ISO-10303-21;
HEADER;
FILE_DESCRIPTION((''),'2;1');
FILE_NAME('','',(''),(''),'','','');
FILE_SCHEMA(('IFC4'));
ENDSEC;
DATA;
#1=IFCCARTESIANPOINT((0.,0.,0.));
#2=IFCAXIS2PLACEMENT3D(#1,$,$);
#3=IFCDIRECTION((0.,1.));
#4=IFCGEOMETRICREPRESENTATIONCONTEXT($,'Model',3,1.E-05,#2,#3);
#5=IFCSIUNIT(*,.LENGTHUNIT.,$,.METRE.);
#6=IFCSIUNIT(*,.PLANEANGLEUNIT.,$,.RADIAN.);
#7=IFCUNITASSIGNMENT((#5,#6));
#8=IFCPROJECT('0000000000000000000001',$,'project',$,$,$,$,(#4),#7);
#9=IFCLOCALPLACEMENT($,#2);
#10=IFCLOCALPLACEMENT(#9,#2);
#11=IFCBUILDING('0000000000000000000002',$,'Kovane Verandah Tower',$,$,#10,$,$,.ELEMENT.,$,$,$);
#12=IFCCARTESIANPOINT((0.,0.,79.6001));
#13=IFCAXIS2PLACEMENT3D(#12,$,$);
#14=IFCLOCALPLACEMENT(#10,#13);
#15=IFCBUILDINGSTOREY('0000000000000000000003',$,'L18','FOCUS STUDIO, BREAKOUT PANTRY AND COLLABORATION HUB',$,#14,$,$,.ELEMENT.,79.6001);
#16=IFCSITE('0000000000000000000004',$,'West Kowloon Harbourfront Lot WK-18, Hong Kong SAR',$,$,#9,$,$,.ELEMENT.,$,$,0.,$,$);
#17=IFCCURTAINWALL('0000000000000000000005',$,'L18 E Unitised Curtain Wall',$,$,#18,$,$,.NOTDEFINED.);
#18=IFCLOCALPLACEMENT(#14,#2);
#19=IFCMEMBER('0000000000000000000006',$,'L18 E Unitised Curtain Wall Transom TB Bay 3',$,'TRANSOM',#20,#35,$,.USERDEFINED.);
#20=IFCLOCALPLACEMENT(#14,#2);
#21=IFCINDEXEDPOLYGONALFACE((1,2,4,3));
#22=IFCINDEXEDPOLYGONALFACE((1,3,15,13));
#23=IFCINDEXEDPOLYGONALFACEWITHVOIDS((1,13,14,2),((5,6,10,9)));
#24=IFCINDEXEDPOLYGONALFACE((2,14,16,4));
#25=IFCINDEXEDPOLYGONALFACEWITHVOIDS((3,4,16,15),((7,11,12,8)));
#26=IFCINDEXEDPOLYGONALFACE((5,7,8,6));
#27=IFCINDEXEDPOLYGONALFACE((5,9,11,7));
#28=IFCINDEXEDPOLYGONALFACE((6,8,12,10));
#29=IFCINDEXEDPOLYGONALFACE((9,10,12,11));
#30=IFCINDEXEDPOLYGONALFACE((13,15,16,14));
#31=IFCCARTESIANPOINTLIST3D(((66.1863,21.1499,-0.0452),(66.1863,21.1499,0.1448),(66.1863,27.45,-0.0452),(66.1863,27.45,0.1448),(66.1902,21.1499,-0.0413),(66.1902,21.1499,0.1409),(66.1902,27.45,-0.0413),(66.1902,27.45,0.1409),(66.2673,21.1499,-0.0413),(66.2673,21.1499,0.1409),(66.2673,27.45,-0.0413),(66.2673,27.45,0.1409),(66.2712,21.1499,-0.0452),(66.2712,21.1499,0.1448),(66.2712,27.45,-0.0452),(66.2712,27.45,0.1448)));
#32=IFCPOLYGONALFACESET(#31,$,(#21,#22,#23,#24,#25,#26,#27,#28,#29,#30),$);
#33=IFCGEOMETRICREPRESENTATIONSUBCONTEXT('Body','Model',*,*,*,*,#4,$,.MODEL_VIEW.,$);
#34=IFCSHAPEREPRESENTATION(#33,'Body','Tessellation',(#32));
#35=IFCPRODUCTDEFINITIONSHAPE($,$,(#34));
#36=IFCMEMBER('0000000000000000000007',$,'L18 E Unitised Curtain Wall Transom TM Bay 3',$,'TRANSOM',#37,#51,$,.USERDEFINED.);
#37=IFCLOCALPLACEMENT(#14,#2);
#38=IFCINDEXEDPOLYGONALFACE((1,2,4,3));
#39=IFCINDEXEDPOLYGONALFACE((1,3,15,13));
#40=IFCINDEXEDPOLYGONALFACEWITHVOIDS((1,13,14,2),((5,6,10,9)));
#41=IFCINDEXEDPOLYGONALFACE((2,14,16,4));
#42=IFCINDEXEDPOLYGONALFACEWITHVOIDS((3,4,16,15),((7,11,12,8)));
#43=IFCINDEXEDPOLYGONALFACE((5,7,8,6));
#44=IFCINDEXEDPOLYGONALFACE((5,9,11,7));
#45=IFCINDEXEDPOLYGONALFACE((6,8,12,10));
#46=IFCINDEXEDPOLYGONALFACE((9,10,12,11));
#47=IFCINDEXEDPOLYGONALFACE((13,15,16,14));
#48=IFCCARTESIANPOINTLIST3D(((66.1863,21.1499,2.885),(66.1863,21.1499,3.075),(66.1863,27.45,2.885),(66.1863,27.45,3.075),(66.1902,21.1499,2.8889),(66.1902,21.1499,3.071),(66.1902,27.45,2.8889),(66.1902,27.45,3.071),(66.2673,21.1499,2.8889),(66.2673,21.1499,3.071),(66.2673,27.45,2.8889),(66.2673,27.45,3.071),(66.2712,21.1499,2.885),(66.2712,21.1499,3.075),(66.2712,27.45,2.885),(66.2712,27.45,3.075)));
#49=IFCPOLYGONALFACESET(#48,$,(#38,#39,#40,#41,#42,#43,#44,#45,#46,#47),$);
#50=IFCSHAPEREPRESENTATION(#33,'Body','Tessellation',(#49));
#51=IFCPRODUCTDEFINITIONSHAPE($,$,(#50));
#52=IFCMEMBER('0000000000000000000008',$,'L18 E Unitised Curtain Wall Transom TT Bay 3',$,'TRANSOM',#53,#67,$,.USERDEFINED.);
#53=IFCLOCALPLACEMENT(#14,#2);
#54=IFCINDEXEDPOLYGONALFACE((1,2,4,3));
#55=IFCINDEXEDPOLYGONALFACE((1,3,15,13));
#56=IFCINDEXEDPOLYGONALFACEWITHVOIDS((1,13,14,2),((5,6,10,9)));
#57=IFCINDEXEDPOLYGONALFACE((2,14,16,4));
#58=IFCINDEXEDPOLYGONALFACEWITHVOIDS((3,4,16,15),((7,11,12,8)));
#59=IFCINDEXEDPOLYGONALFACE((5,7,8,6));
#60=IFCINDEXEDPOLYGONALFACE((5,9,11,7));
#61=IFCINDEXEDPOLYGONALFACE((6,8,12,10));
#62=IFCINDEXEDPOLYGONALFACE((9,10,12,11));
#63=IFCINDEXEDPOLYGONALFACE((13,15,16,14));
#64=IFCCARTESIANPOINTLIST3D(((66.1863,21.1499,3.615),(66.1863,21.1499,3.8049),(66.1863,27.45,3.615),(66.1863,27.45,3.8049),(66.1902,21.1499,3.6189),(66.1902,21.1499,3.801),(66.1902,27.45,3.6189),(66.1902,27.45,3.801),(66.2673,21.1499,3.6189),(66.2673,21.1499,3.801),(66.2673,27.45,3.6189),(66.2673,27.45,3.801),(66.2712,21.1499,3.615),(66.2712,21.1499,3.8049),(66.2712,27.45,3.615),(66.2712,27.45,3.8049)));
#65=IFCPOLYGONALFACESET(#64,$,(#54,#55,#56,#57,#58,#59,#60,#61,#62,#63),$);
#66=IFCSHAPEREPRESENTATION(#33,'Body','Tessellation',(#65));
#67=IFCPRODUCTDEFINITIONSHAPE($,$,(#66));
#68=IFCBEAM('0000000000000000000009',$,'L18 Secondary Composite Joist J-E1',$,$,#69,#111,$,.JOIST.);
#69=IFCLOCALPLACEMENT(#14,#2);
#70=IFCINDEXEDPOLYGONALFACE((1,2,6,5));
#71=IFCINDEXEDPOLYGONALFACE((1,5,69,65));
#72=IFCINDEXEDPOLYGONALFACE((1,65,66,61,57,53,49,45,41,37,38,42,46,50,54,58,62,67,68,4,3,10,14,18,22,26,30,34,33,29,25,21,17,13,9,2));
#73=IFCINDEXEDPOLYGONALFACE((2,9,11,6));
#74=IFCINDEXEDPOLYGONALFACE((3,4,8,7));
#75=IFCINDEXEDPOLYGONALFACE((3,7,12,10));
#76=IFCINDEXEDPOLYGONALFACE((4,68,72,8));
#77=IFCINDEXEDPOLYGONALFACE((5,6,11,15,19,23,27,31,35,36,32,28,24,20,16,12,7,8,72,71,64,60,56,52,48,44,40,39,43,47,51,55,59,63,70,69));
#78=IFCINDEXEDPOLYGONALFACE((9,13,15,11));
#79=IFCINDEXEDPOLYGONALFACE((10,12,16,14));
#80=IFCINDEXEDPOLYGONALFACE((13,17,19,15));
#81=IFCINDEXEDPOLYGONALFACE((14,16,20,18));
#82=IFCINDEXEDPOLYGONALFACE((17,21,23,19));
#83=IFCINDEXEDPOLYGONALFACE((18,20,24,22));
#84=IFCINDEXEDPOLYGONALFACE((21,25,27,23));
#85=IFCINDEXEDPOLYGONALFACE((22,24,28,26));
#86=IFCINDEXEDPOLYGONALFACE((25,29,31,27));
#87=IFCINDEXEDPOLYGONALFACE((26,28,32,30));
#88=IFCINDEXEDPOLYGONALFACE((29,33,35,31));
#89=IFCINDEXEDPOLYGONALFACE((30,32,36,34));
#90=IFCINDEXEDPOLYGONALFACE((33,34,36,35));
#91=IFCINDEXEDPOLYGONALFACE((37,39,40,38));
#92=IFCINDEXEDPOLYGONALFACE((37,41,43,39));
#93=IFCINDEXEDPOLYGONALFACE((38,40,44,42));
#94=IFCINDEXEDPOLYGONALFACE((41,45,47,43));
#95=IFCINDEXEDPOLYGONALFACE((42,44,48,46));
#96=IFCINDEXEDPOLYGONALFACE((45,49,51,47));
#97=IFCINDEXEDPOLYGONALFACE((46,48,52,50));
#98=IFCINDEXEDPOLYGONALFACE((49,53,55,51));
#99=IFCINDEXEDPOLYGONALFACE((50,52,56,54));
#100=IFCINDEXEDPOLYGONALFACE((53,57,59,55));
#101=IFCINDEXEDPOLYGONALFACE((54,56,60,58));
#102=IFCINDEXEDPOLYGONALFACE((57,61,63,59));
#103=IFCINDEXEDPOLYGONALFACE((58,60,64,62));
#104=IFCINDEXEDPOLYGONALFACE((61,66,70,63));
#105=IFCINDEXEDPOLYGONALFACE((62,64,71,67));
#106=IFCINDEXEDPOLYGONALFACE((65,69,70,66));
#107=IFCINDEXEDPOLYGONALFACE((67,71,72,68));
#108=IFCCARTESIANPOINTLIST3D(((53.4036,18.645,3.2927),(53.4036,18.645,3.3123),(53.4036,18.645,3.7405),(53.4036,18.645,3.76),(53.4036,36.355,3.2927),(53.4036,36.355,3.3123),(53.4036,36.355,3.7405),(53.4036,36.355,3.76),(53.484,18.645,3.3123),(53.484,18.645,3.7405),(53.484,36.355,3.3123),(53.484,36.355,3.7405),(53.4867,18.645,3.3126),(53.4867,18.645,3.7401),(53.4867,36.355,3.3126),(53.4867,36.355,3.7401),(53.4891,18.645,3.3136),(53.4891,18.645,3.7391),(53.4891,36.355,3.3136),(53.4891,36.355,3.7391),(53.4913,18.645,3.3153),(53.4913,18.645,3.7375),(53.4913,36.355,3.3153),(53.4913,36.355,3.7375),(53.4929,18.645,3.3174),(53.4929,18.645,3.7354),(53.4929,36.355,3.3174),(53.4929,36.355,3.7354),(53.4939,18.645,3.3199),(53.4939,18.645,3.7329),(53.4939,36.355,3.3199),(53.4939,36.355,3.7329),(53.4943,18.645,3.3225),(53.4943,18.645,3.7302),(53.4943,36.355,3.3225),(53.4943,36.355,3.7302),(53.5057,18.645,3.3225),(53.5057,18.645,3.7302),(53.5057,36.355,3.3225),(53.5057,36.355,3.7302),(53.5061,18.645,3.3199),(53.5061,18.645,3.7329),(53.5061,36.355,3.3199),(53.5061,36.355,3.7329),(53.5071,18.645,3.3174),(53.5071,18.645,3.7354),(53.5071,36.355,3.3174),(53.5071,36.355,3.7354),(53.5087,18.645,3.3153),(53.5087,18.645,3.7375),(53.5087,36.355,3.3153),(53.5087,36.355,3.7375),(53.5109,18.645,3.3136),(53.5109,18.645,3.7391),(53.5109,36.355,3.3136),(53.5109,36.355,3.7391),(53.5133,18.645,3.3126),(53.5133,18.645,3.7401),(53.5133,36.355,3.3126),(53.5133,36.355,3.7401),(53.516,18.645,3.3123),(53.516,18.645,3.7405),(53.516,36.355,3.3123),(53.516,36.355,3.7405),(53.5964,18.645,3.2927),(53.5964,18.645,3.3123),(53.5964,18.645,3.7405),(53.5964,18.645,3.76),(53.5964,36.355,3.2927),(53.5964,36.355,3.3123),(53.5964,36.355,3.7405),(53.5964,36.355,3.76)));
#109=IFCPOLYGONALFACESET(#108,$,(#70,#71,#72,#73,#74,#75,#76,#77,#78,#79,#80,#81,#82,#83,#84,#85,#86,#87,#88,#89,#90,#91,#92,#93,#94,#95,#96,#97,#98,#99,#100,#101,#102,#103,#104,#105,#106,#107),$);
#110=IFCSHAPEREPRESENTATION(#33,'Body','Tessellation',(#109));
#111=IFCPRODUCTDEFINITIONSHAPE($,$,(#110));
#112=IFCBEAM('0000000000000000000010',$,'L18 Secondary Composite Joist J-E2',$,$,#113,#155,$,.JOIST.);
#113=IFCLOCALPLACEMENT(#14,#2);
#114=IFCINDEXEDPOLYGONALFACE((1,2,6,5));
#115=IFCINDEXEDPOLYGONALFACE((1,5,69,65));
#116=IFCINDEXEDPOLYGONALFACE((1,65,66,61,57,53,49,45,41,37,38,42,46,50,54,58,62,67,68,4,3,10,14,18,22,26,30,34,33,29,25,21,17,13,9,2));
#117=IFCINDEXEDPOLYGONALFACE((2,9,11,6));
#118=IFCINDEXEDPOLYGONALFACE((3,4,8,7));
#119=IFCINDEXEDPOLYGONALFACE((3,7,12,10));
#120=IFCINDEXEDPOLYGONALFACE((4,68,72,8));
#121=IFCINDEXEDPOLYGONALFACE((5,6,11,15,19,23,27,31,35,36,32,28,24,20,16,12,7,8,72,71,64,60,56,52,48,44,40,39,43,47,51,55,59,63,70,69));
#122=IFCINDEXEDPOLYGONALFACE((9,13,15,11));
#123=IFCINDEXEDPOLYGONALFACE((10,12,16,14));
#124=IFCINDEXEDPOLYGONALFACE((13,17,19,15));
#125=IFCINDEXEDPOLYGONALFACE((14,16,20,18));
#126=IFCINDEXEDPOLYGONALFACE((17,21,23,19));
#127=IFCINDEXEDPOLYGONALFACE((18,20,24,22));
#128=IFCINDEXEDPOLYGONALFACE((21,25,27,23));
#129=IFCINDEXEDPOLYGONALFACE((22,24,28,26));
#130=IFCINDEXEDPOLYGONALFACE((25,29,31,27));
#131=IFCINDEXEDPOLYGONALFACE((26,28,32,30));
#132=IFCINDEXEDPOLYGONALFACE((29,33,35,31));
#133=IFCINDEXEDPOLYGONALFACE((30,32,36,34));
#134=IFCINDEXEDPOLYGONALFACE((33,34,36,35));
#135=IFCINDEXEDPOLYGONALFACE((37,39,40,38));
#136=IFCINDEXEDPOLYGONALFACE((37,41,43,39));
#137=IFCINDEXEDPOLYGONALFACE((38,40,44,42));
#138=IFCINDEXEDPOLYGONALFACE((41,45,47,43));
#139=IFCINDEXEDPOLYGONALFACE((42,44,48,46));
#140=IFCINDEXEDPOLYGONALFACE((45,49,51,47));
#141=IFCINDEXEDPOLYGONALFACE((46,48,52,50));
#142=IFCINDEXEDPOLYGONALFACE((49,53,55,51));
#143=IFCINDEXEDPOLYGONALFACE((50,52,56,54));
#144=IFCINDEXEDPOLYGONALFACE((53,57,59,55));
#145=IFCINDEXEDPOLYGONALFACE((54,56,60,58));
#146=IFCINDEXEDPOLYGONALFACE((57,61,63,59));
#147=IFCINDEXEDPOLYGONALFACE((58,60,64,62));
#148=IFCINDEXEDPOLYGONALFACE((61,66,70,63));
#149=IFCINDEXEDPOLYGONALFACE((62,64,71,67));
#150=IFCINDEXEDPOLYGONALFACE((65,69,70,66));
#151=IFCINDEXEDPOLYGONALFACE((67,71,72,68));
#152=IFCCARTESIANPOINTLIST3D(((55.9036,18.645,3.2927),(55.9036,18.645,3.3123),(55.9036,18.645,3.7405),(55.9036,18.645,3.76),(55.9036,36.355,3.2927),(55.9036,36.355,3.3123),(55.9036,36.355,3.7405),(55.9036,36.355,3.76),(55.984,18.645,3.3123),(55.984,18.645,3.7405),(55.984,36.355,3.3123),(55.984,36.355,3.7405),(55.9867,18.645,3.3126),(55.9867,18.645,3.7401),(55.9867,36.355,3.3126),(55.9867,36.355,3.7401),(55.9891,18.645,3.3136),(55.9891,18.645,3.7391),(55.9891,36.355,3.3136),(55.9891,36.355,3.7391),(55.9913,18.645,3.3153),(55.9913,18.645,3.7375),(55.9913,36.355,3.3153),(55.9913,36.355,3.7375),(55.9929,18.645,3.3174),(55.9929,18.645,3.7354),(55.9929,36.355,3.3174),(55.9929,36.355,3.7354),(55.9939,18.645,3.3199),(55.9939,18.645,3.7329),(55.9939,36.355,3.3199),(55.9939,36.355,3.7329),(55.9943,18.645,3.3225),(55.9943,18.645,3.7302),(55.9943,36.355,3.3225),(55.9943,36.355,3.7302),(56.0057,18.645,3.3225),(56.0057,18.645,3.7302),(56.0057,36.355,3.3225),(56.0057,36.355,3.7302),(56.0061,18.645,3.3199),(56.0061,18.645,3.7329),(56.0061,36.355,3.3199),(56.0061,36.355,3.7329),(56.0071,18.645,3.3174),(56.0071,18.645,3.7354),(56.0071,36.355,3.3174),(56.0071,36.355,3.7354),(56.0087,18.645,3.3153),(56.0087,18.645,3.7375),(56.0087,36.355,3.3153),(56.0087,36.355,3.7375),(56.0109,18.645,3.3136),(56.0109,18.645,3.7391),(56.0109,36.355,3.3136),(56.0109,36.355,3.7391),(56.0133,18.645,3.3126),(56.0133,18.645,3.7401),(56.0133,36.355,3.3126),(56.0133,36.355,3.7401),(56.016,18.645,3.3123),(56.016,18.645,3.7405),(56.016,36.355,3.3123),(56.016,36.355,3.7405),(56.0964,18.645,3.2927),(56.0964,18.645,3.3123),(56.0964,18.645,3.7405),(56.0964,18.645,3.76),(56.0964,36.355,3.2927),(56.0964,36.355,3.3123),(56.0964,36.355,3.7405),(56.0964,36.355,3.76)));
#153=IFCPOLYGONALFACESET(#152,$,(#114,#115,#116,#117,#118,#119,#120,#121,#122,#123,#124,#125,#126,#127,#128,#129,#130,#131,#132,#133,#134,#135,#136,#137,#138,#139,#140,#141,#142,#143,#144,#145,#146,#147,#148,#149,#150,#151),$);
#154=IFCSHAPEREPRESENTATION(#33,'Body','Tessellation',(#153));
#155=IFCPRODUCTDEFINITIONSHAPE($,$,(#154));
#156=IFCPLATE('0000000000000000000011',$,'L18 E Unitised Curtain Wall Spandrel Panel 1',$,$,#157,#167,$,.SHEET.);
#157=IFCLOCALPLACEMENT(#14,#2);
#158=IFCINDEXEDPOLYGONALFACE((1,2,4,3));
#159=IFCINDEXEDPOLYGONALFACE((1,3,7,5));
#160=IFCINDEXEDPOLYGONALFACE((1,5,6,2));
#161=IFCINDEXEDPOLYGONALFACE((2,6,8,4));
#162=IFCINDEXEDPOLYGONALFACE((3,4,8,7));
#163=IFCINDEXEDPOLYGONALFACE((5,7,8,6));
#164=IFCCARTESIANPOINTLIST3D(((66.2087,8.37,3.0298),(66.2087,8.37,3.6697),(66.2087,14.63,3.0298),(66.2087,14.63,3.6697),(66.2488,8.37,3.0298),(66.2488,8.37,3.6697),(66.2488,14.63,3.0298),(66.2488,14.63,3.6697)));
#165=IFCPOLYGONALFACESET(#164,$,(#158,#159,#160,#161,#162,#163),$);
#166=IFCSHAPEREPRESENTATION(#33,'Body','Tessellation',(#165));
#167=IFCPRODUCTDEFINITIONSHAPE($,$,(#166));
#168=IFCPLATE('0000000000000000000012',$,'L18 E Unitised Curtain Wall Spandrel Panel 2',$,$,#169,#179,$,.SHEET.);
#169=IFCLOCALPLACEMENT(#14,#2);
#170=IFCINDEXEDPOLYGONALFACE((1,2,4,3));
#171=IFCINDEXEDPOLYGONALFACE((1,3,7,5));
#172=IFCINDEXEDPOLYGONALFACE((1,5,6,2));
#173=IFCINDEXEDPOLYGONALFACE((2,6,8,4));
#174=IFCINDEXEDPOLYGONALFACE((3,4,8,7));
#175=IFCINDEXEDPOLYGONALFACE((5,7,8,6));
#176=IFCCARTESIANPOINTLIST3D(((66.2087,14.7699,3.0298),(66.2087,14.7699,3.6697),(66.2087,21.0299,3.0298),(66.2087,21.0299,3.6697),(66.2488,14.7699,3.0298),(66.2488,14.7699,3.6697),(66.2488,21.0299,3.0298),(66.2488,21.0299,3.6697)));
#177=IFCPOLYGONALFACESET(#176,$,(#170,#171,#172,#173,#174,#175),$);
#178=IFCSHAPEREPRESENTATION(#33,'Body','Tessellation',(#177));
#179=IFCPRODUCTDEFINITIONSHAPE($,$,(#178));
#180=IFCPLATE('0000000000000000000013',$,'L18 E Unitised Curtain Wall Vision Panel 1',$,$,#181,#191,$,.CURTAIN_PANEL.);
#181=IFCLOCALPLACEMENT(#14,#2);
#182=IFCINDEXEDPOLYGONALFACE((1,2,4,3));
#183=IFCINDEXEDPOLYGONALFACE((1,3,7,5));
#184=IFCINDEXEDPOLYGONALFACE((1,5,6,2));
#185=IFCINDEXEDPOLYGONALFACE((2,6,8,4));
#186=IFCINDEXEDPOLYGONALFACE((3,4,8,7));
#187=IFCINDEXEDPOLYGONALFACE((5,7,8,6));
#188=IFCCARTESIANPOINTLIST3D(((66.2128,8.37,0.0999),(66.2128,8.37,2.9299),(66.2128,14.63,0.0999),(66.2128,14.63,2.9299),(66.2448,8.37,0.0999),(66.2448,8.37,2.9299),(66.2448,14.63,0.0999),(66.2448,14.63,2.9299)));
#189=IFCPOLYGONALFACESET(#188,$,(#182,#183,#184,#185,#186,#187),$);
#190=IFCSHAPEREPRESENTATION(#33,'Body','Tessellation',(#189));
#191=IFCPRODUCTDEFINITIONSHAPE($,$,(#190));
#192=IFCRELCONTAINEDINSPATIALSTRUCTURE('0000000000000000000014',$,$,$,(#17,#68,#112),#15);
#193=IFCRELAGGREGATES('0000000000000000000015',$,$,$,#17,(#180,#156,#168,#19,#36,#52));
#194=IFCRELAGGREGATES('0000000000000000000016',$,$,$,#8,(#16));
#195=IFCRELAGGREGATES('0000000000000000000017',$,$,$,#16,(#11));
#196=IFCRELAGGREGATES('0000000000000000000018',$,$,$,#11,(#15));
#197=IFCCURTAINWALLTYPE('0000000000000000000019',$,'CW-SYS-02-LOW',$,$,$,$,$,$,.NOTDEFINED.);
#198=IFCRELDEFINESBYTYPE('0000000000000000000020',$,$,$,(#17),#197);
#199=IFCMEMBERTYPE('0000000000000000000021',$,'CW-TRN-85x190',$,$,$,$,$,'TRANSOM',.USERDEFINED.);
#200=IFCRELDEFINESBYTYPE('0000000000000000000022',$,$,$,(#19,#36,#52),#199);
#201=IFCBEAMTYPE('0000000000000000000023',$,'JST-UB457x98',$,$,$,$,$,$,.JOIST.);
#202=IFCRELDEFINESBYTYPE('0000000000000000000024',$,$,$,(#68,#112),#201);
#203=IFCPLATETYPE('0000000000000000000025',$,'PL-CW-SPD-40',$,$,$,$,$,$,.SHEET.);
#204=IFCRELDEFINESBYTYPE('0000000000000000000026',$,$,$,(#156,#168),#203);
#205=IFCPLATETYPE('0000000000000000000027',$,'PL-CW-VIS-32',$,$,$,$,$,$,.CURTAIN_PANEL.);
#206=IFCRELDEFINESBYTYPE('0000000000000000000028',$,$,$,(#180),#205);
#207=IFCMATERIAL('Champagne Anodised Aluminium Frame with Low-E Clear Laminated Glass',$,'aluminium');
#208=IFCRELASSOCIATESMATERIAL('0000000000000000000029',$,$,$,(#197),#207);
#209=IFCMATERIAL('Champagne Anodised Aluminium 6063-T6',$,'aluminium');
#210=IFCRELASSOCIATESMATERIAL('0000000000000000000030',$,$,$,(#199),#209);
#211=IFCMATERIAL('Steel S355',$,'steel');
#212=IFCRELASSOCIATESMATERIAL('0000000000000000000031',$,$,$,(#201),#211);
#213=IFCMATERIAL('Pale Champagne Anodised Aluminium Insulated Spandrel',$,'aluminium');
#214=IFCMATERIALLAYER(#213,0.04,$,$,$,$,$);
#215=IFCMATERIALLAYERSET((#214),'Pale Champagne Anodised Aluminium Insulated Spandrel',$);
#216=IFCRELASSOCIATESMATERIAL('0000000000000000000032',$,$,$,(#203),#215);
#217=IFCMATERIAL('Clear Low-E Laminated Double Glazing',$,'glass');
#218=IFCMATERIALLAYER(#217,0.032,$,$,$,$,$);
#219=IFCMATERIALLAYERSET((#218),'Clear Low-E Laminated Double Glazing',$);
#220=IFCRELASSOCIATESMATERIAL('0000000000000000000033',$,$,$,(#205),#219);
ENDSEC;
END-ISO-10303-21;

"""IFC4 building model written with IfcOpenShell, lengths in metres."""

from ifc_helpers import new_model, si_unit, direction, frame, origin, origin_2d, place, context, subcontext, project, spatial, rectangle, hollow_rectangle, i_section, extrude, material, layer, layer_set, material_profile, profile_set, type_object, element, aggregate, save


model = new_model("IFC4")

# Units and contexts
model_context = context("Model", 3, precision=1e-05, world=origin(), true_north=direction((0.0, 1.0)))
body_context = subcontext(model_context, "Body", "Model", "MODEL_VIEW")
ifc_project = project(units=[si_unit("LENGTHUNIT", "METRE"), si_unit("PLANEANGLEUNIT", "RADIAN")], contexts=[model_context])

# Site, building, storey
site_placement = place(None, origin())
site = spatial("IfcSite", under=ifc_project, at=site_placement, Name="West Kowloon Harbourfront Lot WK-18, Hong Kong SAR", CompositionType="ELEMENT", RefElevation=0.0)
building_placement = place(site_placement, origin())
building = spatial("IfcBuilding", under=site, at=building_placement, Name="Kovane Verandah Tower", CompositionType="ELEMENT")
storey_placement = place(building_placement, frame((0.0, 0.0, 79.6001)))
storey = spatial("IfcBuildingStorey", under=building, at=storey_placement, Name="L18", Description="FOCUS STUDIO, BREAKOUT PANTRY AND COLLABORATION HUB", CompositionType="ELEMENT", Elevation=79.6001)

# Shared definitions
ifc_material_1 = material(Name="Steel S355", Category="steel")

# Curtain wall, members
ifc_material_2 = material(Name="Champagne Anodised Aluminium Frame with Low-E Clear Laminated Glass", Category="aluminium")
curtain_wall_type = type_object("IfcCurtainWallType", Name="CW-SYS-02-LOW", PredefinedType="NOTDEFINED", material=ifc_material_2)
curtain_wall_placement = place(storey_placement, origin())
curtain_wall = element("IfcCurtainWall", 1, at=curtain_wall_placement, inside=storey, type_object=curtain_wall_type, Name="L18 E Unitised Curtain Wall", PredefinedType="NOTDEFINED")
ifc_material_3 = material(Name="Champagne Anodised Aluminium 6063-T6", Category="aluminium")
ifc_material_profile_1 = material_profile(ifc_material_3, hollow_rectangle(XDim=0.085, YDim=0.1899, WallThickness=0.0039, at=origin_2d()), Name="AL85x190x4")
ifc_profile_set_1 = profile_set([ifc_material_profile_1], Name="Champagne Anodised Aluminium 6063-T6")
member_type_1 = type_object("IfcMemberType", Name="CW-TRN-85x190", ElementType="TRANSOM", PredefinedType="USERDEFINED", material=ifc_profile_set_1)
member_1_placement = place(storey_placement, frame((66.2288, 21.1499, 0.0498), z_axis=(0.0, 1.0, 0.0), x_axis=(-1.0, 0.0, 0.0)))
member_1 = element("IfcMember", 2, at=member_1_placement, type_object=member_type_1, Name="L18 E Unitised Curtain Wall Transom TB Bay 3", ObjectType="TRANSOM", PredefinedType="USERDEFINED", context=body_context, shape_type="SweptSolid", body=[
    extrude(hollow_rectangle(XDim=0.085, YDim=0.1899, WallThickness=0.0039, at=origin_2d()), origin(), (0.0, 0.0, 1.0), 6.3),
])
member_2_placement = place(storey_placement, frame((66.2288, 21.1499, 2.98), z_axis=(0.0, 1.0, 0.0), x_axis=(-1.0, 0.0, 0.0)))
member_2 = element("IfcMember", 3, at=member_2_placement, type_object=member_type_1, Name="L18 E Unitised Curtain Wall Transom TM Bay 3", ObjectType="TRANSOM", PredefinedType="USERDEFINED", context=body_context, shape_type="SweptSolid", body=[
    extrude(hollow_rectangle(XDim=0.085, YDim=0.1899, WallThickness=0.0039, at=origin_2d()), origin(), (0.0, 0.0, 1.0), 6.3),
])
member_3_placement = place(storey_placement, frame((66.2288, 21.1499, 3.71), z_axis=(0.0, 1.0, 0.0), x_axis=(-1.0, 0.0, 0.0)))
member_3 = element("IfcMember", 4, at=member_3_placement, type_object=member_type_1, Name="L18 E Unitised Curtain Wall Transom TT Bay 3", ObjectType="TRANSOM", PredefinedType="USERDEFINED", context=body_context, shape_type="SweptSolid", body=[
    extrude(hollow_rectangle(XDim=0.085, YDim=0.1899, WallThickness=0.0039, at=origin_2d()), origin(), (0.0, 0.0, 1.0), 6.3),
])

# Beams
ifc_material_profile_2 = material_profile(ifc_material_1, i_section(OverallWidth=0.1929, OverallDepth=0.4673, WebThickness=0.0115, FlangeThickness=0.0195, FilletRadius=0.0103, at=origin_2d()), Name="UB457x191x98")
ifc_profile_set_2 = profile_set([ifc_material_profile_2], Name="Steel S355")
beam_type_1 = type_object("IfcBeamType", Name="JST-UB457x98", PredefinedType="JOIST", material=ifc_profile_set_2)
for number, where, z_axis, x_axis, name in (
    (5, (53.5, 18.645, 3.5264), (0.0, 1.0, 0.0), (-1.0, 0.0, 0.0), "L18 Secondary Composite Joist J-E1"),
    (6, (56.0, 18.645, 3.5264), (0.0, 1.0, 0.0), (-1.0, 0.0, 0.0), "L18 Secondary Composite Joist J-E2"),
):
    element("IfcBeam", number, at=place(storey_placement, frame(where, z_axis=z_axis, x_axis=x_axis)), inside=storey, type_object=beam_type_1, Name=name, PredefinedType="JOIST", context=body_context, shape_type="SweptSolid", body=[
        extrude(i_section(OverallWidth=0.1929, OverallDepth=0.4673, WebThickness=0.0115, FlangeThickness=0.0195, FilletRadius=0.0103, at=origin_2d()), origin(), (0.0, 0.0, 1.0), 17.71),
    ])

# Plates
ifc_material_4 = material(Name="Pale Champagne Anodised Aluminium Insulated Spandrel", Category="aluminium")
ifc_layer_1 = layer(ifc_material_4, 0.04)
ifc_layer_set_1 = layer_set([ifc_layer_1], Name="Pale Champagne Anodised Aluminium Insulated Spandrel")
plate_type_1 = type_object("IfcPlateType", Name="PL-CW-SPD-40", PredefinedType="SHEET", material=ifc_layer_set_1)
plate_1_placement = place(storey_placement, frame((66.2288, 11.5, 3.0298), z_axis=(0.0, 0.0, 1.0), x_axis=(0.0, 1.0, 0.0)))
plate_1 = element("IfcPlate", 7, at=plate_1_placement, type_object=plate_type_1, Name="L18 E Unitised Curtain Wall Spandrel Panel 1", PredefinedType="SHEET", context=body_context, shape_type="SweptSolid", body=[
    extrude(rectangle(XDim=6.26, YDim=0.04, at=origin_2d()), origin(), (0.0, 0.0, 1.0), 0.6399),
])
plate_2_placement = place(storey_placement, frame((66.2288, 17.8999, 3.0298), z_axis=(0.0, 0.0, 1.0), x_axis=(0.0, 1.0, 0.0)))
plate_2 = element("IfcPlate", 8, at=plate_2_placement, type_object=plate_type_1, Name="L18 E Unitised Curtain Wall Spandrel Panel 2", PredefinedType="SHEET", context=body_context, shape_type="SweptSolid", body=[
    extrude(rectangle(XDim=6.26, YDim=0.04, at=origin_2d()), origin(), (0.0, 0.0, 1.0), 0.6399),
])
ifc_material_5 = material(Name="Clear Low-E Laminated Double Glazing", Category="glass")
ifc_layer_2 = layer(ifc_material_5, 0.032)
ifc_layer_set_2 = layer_set([ifc_layer_2], Name="Clear Low-E Laminated Double Glazing")
plate_type_2 = type_object("IfcPlateType", Name="PL-CW-VIS-32", PredefinedType="CURTAIN_PANEL", material=ifc_layer_set_2)
plate_3_placement = place(storey_placement, frame((66.2288, 11.5, 0.0999), z_axis=(0.0, 0.0, 1.0), x_axis=(0.0, 1.0, 0.0)))
plate_3 = element("IfcPlate", 9, at=plate_3_placement, type_object=plate_type_2, Name="L18 E Unitised Curtain Wall Vision Panel 1", PredefinedType="CURTAIN_PANEL", context=body_context, shape_type="SweptSolid", body=[
    extrude(rectangle(XDim=6.26, YDim=0.032, at=origin_2d()), origin(), (0.0, 0.0, 1.0), 2.8301),
])
aggregate(curtain_wall, [plate_3, plate_1, plate_2, member_1, member_2, member_3])

save(model, "model.ifc")
